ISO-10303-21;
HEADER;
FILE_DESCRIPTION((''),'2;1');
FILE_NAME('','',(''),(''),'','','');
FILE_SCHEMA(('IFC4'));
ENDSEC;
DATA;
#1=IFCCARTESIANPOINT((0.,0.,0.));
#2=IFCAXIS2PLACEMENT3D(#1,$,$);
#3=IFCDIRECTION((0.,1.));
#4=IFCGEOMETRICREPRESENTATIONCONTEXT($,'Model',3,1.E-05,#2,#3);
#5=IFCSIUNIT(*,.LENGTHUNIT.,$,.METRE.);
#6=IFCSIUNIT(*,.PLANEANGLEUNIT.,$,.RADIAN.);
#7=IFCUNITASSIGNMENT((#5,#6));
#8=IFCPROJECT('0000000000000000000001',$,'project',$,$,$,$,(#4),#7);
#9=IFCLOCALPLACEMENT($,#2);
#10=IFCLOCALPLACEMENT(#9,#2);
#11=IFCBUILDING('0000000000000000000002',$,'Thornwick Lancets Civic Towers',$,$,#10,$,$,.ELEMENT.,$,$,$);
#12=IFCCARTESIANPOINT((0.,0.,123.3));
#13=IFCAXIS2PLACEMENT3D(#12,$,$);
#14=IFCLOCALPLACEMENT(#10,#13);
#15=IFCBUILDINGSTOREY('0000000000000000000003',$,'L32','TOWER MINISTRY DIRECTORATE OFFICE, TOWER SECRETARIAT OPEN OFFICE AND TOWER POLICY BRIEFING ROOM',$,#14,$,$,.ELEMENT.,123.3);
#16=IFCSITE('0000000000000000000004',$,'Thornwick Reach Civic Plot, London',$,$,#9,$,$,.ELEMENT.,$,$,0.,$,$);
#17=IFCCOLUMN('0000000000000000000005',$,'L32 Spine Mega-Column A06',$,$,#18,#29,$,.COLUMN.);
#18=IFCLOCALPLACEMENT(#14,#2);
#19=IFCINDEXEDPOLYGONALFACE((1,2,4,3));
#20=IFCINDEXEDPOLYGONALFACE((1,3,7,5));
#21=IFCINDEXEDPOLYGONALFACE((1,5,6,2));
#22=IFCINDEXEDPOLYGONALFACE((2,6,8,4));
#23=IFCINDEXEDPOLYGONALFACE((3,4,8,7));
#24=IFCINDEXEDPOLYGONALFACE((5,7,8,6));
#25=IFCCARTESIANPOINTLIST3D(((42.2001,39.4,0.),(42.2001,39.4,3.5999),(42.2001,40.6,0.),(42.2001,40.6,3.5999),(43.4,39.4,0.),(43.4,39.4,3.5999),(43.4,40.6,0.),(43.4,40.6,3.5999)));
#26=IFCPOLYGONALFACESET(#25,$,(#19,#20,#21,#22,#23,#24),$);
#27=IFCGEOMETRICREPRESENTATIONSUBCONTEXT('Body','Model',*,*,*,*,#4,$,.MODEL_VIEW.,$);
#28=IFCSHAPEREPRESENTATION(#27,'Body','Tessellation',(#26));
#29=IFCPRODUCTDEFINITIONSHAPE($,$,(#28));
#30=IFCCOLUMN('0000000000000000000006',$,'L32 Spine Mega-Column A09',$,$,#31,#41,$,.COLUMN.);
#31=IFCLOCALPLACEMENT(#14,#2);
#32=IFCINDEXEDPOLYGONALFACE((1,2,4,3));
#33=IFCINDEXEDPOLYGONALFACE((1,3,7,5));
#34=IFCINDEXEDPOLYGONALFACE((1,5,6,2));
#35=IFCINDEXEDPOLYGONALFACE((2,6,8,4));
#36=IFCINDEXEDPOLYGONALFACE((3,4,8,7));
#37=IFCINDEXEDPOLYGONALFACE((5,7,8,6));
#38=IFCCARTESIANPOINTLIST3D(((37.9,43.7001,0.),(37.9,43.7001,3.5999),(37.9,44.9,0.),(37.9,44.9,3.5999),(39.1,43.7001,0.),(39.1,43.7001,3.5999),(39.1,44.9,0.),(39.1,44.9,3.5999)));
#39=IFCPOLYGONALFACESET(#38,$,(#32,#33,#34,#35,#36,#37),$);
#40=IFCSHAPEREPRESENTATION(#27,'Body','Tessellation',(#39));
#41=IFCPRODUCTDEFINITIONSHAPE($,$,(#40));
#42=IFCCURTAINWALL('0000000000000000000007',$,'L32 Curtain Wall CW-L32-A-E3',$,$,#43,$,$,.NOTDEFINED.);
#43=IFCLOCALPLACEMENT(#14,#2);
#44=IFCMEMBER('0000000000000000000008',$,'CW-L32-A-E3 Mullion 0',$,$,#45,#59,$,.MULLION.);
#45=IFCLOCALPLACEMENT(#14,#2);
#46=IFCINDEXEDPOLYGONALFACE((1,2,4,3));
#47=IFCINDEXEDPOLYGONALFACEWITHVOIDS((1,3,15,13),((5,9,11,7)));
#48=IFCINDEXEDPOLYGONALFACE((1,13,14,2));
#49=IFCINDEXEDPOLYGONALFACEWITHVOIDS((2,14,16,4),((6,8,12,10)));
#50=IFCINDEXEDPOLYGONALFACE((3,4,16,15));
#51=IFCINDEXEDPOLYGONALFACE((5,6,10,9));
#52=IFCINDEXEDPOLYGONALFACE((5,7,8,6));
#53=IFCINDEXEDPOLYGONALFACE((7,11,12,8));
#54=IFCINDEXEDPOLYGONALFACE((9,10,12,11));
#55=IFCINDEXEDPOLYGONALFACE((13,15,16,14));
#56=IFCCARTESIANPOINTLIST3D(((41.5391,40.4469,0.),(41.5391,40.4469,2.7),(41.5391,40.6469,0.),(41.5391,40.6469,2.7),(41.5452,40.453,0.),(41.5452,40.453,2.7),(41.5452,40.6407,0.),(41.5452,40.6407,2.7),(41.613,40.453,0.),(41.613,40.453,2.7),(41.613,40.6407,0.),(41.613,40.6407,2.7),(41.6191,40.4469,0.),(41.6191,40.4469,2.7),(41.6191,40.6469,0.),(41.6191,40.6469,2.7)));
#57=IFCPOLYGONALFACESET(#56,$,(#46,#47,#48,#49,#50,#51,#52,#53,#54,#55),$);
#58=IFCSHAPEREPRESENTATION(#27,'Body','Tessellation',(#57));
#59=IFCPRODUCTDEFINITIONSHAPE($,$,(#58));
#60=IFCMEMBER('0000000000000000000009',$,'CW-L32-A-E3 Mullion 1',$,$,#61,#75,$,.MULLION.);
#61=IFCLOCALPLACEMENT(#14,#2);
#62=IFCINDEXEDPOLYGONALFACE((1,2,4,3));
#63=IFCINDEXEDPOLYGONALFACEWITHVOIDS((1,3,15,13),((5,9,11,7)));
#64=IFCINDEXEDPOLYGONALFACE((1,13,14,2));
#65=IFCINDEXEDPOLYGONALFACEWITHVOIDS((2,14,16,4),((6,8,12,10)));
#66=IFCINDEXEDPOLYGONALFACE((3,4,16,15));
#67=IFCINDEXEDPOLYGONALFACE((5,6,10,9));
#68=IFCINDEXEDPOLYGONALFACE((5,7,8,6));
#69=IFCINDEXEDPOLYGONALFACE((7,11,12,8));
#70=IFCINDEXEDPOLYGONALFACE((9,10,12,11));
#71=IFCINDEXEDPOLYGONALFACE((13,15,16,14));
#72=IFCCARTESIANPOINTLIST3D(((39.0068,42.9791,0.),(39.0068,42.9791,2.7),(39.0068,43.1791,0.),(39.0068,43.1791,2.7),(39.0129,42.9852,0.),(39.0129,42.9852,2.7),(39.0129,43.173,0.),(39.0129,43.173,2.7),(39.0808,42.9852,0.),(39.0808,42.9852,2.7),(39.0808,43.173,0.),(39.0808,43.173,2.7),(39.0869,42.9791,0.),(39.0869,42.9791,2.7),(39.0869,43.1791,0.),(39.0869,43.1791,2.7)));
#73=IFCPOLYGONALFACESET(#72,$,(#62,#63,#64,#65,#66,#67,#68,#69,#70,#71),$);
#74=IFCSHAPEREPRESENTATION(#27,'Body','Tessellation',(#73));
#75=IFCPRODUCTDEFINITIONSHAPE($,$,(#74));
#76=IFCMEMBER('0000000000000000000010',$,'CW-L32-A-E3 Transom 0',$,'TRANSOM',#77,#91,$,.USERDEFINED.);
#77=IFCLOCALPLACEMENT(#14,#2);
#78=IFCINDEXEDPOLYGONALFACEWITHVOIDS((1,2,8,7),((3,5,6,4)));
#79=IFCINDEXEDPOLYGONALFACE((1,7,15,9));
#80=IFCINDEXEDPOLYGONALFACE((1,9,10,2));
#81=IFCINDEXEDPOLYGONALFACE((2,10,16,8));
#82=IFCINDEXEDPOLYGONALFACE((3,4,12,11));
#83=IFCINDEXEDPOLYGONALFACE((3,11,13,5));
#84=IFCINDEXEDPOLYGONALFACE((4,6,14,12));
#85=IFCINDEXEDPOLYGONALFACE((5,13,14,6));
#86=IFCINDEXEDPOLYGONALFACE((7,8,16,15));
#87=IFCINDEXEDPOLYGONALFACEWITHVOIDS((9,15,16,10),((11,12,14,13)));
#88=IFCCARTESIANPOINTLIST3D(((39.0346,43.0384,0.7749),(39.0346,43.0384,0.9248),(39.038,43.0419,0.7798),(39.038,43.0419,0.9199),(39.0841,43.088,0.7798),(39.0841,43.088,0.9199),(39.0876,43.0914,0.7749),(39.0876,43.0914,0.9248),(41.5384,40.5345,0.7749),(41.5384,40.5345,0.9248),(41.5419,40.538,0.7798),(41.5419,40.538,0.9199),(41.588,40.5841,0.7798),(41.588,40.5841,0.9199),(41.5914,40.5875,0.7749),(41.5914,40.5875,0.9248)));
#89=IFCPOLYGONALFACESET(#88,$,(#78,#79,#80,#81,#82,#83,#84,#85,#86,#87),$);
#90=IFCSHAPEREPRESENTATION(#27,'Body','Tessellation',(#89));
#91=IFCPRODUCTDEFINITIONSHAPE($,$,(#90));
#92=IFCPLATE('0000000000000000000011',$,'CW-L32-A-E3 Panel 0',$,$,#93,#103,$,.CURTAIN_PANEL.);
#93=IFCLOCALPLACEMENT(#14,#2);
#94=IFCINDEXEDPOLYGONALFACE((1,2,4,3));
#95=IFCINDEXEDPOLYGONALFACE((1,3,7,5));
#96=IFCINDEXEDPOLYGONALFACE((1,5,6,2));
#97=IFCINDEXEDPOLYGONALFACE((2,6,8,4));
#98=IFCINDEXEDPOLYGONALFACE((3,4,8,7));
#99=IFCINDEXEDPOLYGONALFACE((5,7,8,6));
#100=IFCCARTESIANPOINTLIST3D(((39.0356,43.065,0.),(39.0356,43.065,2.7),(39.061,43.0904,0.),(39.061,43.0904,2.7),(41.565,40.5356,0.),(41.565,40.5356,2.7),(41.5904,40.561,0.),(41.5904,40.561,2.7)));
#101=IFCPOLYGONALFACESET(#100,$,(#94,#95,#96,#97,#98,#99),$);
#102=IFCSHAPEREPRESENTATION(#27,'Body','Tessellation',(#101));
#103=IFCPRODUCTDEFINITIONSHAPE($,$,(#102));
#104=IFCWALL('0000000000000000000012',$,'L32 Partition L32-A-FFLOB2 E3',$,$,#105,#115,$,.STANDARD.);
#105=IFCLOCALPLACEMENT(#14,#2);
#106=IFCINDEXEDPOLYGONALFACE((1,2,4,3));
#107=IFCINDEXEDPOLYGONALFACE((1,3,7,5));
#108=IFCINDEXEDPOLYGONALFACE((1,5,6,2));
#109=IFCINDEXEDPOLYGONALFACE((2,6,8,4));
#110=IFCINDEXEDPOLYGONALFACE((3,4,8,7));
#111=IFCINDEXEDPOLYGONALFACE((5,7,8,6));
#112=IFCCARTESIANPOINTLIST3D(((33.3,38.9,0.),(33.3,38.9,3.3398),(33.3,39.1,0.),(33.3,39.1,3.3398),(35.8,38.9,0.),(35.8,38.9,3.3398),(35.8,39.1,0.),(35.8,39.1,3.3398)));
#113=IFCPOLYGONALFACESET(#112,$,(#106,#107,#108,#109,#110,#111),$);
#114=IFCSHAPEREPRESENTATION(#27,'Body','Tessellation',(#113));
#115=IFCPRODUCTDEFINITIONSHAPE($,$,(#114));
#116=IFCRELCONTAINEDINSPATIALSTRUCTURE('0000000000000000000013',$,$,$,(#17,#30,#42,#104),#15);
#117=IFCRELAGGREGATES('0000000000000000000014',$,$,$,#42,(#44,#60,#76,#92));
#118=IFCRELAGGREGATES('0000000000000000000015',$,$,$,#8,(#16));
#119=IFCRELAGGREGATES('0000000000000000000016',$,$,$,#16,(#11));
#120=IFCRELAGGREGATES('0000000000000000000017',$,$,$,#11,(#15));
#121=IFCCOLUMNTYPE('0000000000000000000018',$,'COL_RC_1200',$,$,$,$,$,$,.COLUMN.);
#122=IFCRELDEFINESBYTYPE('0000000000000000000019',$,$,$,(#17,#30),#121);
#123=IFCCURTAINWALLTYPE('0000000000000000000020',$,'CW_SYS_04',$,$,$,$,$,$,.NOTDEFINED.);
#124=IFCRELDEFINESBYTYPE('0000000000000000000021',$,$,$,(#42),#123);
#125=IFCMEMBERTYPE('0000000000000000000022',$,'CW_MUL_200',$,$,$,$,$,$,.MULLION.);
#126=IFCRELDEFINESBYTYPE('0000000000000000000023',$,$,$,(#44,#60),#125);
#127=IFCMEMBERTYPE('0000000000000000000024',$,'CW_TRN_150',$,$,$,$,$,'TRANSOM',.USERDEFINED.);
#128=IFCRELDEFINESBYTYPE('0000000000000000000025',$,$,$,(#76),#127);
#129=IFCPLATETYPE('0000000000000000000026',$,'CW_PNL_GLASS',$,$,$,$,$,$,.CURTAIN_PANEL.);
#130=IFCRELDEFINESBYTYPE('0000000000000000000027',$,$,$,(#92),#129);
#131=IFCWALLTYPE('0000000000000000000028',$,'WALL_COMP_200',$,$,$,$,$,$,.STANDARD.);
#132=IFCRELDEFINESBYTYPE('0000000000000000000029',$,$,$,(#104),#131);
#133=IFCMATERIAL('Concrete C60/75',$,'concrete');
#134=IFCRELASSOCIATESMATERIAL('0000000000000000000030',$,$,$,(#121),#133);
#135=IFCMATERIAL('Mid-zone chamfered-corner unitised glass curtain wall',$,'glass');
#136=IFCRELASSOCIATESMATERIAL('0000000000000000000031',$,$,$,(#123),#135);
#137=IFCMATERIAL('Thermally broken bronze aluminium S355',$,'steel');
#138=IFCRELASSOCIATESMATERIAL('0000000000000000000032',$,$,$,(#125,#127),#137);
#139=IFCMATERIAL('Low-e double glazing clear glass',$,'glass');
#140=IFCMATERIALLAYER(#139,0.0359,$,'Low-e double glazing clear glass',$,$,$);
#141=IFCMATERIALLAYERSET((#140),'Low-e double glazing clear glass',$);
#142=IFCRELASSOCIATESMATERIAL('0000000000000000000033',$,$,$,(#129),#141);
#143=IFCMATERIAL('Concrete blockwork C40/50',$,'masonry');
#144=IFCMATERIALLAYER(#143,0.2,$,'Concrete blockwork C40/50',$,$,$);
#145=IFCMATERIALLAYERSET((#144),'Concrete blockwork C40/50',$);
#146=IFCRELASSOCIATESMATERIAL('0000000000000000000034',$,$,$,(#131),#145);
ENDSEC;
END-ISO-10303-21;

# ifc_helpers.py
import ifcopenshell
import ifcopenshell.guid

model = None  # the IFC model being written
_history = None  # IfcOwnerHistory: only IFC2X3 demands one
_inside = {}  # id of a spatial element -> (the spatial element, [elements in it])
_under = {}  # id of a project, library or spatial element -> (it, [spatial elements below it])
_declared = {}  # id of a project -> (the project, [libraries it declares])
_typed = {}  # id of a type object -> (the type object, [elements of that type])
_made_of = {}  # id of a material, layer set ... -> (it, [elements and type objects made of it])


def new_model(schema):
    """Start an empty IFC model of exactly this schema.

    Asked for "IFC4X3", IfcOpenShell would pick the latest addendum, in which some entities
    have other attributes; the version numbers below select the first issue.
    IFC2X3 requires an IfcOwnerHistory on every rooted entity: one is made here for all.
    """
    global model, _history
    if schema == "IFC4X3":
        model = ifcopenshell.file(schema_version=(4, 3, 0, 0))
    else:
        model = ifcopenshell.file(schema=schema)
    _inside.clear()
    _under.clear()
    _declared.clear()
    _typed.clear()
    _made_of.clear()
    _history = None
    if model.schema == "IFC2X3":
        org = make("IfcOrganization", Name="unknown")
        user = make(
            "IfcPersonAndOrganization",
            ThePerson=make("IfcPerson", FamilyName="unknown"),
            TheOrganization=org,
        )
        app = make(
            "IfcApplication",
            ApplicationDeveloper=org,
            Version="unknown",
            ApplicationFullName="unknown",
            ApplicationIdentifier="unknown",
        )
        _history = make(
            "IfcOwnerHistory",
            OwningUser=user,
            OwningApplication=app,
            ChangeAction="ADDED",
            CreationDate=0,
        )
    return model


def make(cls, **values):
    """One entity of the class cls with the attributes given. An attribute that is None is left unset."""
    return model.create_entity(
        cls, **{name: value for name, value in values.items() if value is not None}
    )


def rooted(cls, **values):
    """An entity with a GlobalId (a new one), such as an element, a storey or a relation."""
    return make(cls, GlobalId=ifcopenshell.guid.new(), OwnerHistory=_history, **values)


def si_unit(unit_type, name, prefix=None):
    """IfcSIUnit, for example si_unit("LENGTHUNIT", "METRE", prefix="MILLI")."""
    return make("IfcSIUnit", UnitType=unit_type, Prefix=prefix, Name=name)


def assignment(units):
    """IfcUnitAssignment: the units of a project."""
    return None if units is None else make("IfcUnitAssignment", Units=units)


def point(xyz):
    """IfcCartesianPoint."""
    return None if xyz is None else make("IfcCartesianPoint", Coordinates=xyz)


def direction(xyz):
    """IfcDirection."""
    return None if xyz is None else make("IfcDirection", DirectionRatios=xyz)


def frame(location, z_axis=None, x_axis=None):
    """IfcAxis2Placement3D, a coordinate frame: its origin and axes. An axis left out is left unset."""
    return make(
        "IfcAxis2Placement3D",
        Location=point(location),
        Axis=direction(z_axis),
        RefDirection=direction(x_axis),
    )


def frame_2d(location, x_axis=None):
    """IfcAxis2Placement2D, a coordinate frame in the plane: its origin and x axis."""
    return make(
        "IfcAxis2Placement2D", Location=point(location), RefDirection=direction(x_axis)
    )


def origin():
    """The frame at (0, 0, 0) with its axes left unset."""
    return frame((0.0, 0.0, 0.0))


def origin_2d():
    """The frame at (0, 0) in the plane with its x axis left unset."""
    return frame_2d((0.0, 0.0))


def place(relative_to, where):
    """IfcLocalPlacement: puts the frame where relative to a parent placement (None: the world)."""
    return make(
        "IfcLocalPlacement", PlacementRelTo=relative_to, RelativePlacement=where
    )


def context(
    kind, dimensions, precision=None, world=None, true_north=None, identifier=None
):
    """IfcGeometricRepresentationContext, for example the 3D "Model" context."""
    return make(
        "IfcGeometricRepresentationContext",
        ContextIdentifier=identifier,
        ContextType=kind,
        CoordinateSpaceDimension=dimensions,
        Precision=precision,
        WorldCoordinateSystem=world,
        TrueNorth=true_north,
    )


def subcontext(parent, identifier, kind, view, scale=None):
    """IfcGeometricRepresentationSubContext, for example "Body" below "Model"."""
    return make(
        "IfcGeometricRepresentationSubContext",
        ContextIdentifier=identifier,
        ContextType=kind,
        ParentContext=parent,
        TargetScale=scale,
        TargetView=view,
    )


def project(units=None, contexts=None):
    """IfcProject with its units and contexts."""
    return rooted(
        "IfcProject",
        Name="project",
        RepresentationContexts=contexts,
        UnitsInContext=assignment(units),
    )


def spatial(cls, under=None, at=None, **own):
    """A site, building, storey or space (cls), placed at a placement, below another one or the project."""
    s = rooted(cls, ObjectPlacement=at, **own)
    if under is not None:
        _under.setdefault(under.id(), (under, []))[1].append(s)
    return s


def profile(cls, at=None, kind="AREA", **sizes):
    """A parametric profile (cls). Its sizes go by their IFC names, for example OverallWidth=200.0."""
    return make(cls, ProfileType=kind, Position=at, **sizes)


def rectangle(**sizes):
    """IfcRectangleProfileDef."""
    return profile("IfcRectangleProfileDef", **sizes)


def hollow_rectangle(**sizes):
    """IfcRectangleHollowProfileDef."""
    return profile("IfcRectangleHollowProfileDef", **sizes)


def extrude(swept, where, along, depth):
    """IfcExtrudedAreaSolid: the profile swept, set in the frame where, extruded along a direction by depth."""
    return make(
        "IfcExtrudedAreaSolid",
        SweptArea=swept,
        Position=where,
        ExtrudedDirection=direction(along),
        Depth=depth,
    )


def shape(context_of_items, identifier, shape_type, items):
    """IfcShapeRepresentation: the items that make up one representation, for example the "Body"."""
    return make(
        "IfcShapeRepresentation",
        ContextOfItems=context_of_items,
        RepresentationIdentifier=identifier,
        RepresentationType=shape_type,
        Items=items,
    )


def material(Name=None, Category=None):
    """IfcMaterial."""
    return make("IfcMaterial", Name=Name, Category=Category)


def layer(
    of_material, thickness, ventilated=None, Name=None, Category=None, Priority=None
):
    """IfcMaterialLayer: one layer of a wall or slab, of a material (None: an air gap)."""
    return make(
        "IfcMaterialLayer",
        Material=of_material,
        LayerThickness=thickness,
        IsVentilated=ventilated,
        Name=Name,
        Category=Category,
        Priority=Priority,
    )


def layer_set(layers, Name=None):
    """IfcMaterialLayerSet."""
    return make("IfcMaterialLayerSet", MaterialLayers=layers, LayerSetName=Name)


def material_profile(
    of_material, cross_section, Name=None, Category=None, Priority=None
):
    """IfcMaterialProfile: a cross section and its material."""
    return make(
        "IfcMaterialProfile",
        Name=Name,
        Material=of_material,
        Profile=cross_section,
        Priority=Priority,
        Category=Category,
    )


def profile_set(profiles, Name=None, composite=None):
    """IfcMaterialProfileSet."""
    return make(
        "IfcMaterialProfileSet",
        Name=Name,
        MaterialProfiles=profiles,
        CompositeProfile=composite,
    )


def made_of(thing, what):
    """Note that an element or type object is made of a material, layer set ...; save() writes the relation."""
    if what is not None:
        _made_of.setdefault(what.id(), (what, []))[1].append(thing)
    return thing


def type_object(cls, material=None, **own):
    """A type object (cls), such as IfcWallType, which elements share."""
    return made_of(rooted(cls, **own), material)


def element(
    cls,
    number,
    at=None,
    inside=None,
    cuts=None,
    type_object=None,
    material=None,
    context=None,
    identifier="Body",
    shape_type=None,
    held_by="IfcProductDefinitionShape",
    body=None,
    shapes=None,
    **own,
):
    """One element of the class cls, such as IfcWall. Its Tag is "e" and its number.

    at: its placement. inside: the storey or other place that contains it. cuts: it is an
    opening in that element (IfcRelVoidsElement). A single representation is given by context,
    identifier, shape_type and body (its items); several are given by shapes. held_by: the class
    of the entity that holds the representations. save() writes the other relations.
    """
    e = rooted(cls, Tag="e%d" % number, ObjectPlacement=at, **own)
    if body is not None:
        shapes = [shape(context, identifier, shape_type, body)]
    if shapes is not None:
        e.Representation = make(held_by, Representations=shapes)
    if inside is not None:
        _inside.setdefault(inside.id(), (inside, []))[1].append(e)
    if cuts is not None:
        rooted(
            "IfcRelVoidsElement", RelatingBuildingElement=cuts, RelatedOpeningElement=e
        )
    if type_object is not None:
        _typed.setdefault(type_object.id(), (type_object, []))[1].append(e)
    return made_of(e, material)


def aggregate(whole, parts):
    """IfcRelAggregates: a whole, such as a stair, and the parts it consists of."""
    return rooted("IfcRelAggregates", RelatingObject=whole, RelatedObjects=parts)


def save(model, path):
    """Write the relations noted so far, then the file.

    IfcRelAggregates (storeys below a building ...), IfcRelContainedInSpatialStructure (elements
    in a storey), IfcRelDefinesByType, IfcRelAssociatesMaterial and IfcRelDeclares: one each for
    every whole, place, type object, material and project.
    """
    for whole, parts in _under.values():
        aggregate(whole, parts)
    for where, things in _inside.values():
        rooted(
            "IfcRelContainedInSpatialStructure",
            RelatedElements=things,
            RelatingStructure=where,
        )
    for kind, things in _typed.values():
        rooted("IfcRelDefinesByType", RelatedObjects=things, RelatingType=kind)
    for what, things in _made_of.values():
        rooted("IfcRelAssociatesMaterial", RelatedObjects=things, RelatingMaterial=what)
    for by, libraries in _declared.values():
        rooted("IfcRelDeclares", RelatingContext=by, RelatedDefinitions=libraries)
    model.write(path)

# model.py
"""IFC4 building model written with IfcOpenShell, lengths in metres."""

from ifc_helpers import new_model, si_unit, direction, frame, frame_2d, origin, origin_2d, place, context, subcontext, project, spatial, rectangle, hollow_rectangle, extrude, material, layer, layer_set, material_profile, profile_set, type_object, element, aggregate, save


model = new_model("IFC4")

# Units and contexts
model_context = context("Model", 3, precision=1e-05, world=origin(), true_north=direction((0.0, 1.0)))
body_context = subcontext(model_context, "Body", "Model", "MODEL_VIEW")
ifc_project = project(units=[si_unit("LENGTHUNIT", "METRE"), si_unit("PLANEANGLEUNIT", "RADIAN")], contexts=[model_context])

# Site, building, storey
site_placement = place(None, origin())
site = spatial("IfcSite", under=ifc_project, at=site_placement, Name="Thornwick Reach Civic Plot, London", CompositionType="ELEMENT", RefElevation=0.0)
building_placement = place(site_placement, origin())
building = spatial("IfcBuilding", under=site, at=building_placement, Name="Thornwick Lancets Civic Towers", CompositionType="ELEMENT")
storey_placement = place(building_placement, frame((0.0, 0.0, 123.3)))
storey = spatial("IfcBuildingStorey", under=building, at=storey_placement, Name="L32", Description="TOWER MINISTRY DIRECTORATE OFFICE, TOWER SECRETARIAT OPEN OFFICE AND TOWER POLICY BRIEFING ROOM", CompositionType="ELEMENT", Elevation=123.3)

# Columns
ifc_material_1 = material(Name="Concrete C60/75", Category="concrete")
ifc_material_profile_1 = material_profile(ifc_material_1, rectangle(XDim=1.2, YDim=1.2, at=origin_2d()), Name="RC 1200x1200")
ifc_profile_set_1 = profile_set([ifc_material_profile_1], Name="Concrete C60/75")
column_type = type_object("IfcColumnType", Name="COL_RC_1200", PredefinedType="COLUMN", material=ifc_profile_set_1)
for number, where, z_axis, x_axis, name in (
    (1, (42.8, 40.0, 0.0), (0.0, 0.0, 1.0), (1.0, 0.0, 0.0), "L32 Spine Mega-Column A06"),
    (2, (38.5, 44.3, 0.0), (0.0, 0.0, 1.0), (1.0, 0.0, 0.0), "L32 Spine Mega-Column A09"),
):
    element("IfcColumn", number, at=place(storey_placement, frame(where, z_axis=z_axis, x_axis=x_axis)), inside=storey, type_object=column_type, Name=name, PredefinedType="COLUMN", context=body_context, shape_type="SweptSolid", body=[
        extrude(rectangle(XDim=1.2, YDim=1.2, at=origin_2d()), origin(), (0.0, 0.0, 1.0), 3.5999),
    ])

# Curtain wall, members, plate
ifc_material_2 = material(Name="Mid-zone chamfered-corner unitised glass curtain wall", Category="glass")
curtain_wall_type = type_object("IfcCurtainWallType", Name="CW_SYS_04", PredefinedType="NOTDEFINED", material=ifc_material_2)
curtain_wall_placement = place(storey_placement, origin())
curtain_wall = element("IfcCurtainWall", 3, at=curtain_wall_placement, inside=storey, type_object=curtain_wall_type, Name="L32 Curtain Wall CW-L32-A-E3", PredefinedType="NOTDEFINED")
ifc_material_3 = material(Name="Thermally broken bronze aluminium S355", Category="steel")
ifc_material_profile_2 = material_profile(ifc_material_3, hollow_rectangle(XDim=0.0801, YDim=0.2, WallThickness=0.0061, at=origin_2d()), Name="RHS 200x80x6")
ifc_profile_set_2 = profile_set([ifc_material_profile_2], Name="Thermally broken bronze aluminium S355")
member_type_1 = type_object("IfcMemberType", Name="CW_MUL_200", PredefinedType="MULLION", material=ifc_profile_set_2)
member_1_placement = place(storey_placement, frame((41.5791, 40.5469, 0.0), z_axis=(0.0, 0.0, 1.0), x_axis=(1.0, 0.0, 0.0)))
member_1 = element("IfcMember", 4, at=member_1_placement, type_object=member_type_1, Name="CW-L32-A-E3 Mullion 0", PredefinedType="MULLION", context=body_context, shape_type="SweptSolid", body=[
    extrude(hollow_rectangle(XDim=0.0801, YDim=0.2, WallThickness=0.0061, at=origin_2d()), origin(), (0.0, 0.0, 1.0), 2.7),
])
member_2_placement = place(storey_placement, frame((39.0469, 43.0791, 0.0), z_axis=(0.0, 0.0, 1.0), x_axis=(1.0, 0.0, 0.0)))
member_2 = element("IfcMember", 5, at=member_2_placement, type_object=member_type_1, Name="CW-L32-A-E3 Mullion 1", PredefinedType="MULLION", context=body_context, shape_type="SweptSolid", body=[
    extrude(hollow_rectangle(XDim=0.0801, YDim=0.2, WallThickness=0.0061, at=origin_2d()), origin(), (0.0, 0.0, 1.0), 2.7),
])
ifc_material_profile_3 = material_profile(ifc_material_3, hollow_rectangle(XDim=0.075, YDim=0.1499, WallThickness=0.0049, at=origin_2d()), Name="RHS 150x75x5")
ifc_profile_set_3 = profile_set([ifc_material_profile_3], Name="Thermally broken bronze aluminium S355")
member_type_2 = type_object("IfcMemberType", Name="CW_TRN_150", ElementType="TRANSOM", PredefinedType="USERDEFINED", material=ifc_profile_set_3)
member_3_placement = place(storey_placement, frame((41.5649, 40.561, 0.8499), z_axis=(-0.707107, 0.707107, 0.0), x_axis=(-0.707107, -0.707107, 0.0)))
member_3 = element("IfcMember", 6, at=member_3_placement, type_object=member_type_2, Name="CW-L32-A-E3 Transom 0", ObjectType="TRANSOM", PredefinedType="USERDEFINED", context=body_context, shape_type="SweptSolid", body=[
    extrude(hollow_rectangle(XDim=0.075, YDim=0.1499, WallThickness=0.0049, at=origin_2d()), origin(), (0.0, 0.0, 1.0), 3.541),
])
ifc_material_4 = material(Name="Low-e double glazing clear glass", Category="glass")
ifc_layer_1 = layer(ifc_material_4, 0.0359, Name="Low-e double glazing clear glass")
ifc_layer_set_1 = layer_set([ifc_layer_1], Name="Low-e double glazing clear glass")
plate_type = type_object("IfcPlateType", Name="CW_PNL_GLASS", PredefinedType="CURTAIN_PANEL", material=ifc_layer_set_1)
plate_placement = place(storey_placement, frame((40.313, 41.813, 0.0), z_axis=(0.0, 0.0, 1.0), x_axis=(-0.707107, 0.707107, 0.0)))
plate = element("IfcPlate", 7, at=plate_placement, type_object=plate_type, Name="CW-L32-A-E3 Panel 0", PredefinedType="CURTAIN_PANEL", context=body_context, shape_type="SweptSolid", body=[
    extrude(rectangle(XDim=3.5771, YDim=0.0359, at=origin_2d()), origin(), (0.0, 0.0, 1.0), 2.7),
])
aggregate(curtain_wall, [member_1, member_2, member_3, plate])

# Wall
ifc_material_5 = material(Name="Concrete blockwork C40/50", Category="masonry")
ifc_layer_2 = layer(ifc_material_5, 0.2, Name="Concrete blockwork C40/50")
ifc_layer_set_2 = layer_set([ifc_layer_2], Name="Concrete blockwork C40/50")
wall_type_1 = type_object("IfcWallType", Name="WALL_COMP_200", PredefinedType="STANDARD", material=ifc_layer_set_2)
wall_1_placement = place(storey_placement, frame((35.8, 39.0, 0.0), z_axis=(0.0, 0.0, 1.0), x_axis=(-1.0, 0.0, 0.0)))
element("IfcWall", 8, at=wall_1_placement, inside=storey, type_object=wall_type_1, Name="L32 Partition L32-A-FFLOB2 E3", PredefinedType="STANDARD", context=body_context, shape_type="SweptSolid", body=[
    extrude(rectangle(XDim=2.5, YDim=0.2, at=frame_2d((1.25, 0.0))), origin(), (0.0, 0.0, 1.0), 3.3398),
])

save(model, "model.ifc")
